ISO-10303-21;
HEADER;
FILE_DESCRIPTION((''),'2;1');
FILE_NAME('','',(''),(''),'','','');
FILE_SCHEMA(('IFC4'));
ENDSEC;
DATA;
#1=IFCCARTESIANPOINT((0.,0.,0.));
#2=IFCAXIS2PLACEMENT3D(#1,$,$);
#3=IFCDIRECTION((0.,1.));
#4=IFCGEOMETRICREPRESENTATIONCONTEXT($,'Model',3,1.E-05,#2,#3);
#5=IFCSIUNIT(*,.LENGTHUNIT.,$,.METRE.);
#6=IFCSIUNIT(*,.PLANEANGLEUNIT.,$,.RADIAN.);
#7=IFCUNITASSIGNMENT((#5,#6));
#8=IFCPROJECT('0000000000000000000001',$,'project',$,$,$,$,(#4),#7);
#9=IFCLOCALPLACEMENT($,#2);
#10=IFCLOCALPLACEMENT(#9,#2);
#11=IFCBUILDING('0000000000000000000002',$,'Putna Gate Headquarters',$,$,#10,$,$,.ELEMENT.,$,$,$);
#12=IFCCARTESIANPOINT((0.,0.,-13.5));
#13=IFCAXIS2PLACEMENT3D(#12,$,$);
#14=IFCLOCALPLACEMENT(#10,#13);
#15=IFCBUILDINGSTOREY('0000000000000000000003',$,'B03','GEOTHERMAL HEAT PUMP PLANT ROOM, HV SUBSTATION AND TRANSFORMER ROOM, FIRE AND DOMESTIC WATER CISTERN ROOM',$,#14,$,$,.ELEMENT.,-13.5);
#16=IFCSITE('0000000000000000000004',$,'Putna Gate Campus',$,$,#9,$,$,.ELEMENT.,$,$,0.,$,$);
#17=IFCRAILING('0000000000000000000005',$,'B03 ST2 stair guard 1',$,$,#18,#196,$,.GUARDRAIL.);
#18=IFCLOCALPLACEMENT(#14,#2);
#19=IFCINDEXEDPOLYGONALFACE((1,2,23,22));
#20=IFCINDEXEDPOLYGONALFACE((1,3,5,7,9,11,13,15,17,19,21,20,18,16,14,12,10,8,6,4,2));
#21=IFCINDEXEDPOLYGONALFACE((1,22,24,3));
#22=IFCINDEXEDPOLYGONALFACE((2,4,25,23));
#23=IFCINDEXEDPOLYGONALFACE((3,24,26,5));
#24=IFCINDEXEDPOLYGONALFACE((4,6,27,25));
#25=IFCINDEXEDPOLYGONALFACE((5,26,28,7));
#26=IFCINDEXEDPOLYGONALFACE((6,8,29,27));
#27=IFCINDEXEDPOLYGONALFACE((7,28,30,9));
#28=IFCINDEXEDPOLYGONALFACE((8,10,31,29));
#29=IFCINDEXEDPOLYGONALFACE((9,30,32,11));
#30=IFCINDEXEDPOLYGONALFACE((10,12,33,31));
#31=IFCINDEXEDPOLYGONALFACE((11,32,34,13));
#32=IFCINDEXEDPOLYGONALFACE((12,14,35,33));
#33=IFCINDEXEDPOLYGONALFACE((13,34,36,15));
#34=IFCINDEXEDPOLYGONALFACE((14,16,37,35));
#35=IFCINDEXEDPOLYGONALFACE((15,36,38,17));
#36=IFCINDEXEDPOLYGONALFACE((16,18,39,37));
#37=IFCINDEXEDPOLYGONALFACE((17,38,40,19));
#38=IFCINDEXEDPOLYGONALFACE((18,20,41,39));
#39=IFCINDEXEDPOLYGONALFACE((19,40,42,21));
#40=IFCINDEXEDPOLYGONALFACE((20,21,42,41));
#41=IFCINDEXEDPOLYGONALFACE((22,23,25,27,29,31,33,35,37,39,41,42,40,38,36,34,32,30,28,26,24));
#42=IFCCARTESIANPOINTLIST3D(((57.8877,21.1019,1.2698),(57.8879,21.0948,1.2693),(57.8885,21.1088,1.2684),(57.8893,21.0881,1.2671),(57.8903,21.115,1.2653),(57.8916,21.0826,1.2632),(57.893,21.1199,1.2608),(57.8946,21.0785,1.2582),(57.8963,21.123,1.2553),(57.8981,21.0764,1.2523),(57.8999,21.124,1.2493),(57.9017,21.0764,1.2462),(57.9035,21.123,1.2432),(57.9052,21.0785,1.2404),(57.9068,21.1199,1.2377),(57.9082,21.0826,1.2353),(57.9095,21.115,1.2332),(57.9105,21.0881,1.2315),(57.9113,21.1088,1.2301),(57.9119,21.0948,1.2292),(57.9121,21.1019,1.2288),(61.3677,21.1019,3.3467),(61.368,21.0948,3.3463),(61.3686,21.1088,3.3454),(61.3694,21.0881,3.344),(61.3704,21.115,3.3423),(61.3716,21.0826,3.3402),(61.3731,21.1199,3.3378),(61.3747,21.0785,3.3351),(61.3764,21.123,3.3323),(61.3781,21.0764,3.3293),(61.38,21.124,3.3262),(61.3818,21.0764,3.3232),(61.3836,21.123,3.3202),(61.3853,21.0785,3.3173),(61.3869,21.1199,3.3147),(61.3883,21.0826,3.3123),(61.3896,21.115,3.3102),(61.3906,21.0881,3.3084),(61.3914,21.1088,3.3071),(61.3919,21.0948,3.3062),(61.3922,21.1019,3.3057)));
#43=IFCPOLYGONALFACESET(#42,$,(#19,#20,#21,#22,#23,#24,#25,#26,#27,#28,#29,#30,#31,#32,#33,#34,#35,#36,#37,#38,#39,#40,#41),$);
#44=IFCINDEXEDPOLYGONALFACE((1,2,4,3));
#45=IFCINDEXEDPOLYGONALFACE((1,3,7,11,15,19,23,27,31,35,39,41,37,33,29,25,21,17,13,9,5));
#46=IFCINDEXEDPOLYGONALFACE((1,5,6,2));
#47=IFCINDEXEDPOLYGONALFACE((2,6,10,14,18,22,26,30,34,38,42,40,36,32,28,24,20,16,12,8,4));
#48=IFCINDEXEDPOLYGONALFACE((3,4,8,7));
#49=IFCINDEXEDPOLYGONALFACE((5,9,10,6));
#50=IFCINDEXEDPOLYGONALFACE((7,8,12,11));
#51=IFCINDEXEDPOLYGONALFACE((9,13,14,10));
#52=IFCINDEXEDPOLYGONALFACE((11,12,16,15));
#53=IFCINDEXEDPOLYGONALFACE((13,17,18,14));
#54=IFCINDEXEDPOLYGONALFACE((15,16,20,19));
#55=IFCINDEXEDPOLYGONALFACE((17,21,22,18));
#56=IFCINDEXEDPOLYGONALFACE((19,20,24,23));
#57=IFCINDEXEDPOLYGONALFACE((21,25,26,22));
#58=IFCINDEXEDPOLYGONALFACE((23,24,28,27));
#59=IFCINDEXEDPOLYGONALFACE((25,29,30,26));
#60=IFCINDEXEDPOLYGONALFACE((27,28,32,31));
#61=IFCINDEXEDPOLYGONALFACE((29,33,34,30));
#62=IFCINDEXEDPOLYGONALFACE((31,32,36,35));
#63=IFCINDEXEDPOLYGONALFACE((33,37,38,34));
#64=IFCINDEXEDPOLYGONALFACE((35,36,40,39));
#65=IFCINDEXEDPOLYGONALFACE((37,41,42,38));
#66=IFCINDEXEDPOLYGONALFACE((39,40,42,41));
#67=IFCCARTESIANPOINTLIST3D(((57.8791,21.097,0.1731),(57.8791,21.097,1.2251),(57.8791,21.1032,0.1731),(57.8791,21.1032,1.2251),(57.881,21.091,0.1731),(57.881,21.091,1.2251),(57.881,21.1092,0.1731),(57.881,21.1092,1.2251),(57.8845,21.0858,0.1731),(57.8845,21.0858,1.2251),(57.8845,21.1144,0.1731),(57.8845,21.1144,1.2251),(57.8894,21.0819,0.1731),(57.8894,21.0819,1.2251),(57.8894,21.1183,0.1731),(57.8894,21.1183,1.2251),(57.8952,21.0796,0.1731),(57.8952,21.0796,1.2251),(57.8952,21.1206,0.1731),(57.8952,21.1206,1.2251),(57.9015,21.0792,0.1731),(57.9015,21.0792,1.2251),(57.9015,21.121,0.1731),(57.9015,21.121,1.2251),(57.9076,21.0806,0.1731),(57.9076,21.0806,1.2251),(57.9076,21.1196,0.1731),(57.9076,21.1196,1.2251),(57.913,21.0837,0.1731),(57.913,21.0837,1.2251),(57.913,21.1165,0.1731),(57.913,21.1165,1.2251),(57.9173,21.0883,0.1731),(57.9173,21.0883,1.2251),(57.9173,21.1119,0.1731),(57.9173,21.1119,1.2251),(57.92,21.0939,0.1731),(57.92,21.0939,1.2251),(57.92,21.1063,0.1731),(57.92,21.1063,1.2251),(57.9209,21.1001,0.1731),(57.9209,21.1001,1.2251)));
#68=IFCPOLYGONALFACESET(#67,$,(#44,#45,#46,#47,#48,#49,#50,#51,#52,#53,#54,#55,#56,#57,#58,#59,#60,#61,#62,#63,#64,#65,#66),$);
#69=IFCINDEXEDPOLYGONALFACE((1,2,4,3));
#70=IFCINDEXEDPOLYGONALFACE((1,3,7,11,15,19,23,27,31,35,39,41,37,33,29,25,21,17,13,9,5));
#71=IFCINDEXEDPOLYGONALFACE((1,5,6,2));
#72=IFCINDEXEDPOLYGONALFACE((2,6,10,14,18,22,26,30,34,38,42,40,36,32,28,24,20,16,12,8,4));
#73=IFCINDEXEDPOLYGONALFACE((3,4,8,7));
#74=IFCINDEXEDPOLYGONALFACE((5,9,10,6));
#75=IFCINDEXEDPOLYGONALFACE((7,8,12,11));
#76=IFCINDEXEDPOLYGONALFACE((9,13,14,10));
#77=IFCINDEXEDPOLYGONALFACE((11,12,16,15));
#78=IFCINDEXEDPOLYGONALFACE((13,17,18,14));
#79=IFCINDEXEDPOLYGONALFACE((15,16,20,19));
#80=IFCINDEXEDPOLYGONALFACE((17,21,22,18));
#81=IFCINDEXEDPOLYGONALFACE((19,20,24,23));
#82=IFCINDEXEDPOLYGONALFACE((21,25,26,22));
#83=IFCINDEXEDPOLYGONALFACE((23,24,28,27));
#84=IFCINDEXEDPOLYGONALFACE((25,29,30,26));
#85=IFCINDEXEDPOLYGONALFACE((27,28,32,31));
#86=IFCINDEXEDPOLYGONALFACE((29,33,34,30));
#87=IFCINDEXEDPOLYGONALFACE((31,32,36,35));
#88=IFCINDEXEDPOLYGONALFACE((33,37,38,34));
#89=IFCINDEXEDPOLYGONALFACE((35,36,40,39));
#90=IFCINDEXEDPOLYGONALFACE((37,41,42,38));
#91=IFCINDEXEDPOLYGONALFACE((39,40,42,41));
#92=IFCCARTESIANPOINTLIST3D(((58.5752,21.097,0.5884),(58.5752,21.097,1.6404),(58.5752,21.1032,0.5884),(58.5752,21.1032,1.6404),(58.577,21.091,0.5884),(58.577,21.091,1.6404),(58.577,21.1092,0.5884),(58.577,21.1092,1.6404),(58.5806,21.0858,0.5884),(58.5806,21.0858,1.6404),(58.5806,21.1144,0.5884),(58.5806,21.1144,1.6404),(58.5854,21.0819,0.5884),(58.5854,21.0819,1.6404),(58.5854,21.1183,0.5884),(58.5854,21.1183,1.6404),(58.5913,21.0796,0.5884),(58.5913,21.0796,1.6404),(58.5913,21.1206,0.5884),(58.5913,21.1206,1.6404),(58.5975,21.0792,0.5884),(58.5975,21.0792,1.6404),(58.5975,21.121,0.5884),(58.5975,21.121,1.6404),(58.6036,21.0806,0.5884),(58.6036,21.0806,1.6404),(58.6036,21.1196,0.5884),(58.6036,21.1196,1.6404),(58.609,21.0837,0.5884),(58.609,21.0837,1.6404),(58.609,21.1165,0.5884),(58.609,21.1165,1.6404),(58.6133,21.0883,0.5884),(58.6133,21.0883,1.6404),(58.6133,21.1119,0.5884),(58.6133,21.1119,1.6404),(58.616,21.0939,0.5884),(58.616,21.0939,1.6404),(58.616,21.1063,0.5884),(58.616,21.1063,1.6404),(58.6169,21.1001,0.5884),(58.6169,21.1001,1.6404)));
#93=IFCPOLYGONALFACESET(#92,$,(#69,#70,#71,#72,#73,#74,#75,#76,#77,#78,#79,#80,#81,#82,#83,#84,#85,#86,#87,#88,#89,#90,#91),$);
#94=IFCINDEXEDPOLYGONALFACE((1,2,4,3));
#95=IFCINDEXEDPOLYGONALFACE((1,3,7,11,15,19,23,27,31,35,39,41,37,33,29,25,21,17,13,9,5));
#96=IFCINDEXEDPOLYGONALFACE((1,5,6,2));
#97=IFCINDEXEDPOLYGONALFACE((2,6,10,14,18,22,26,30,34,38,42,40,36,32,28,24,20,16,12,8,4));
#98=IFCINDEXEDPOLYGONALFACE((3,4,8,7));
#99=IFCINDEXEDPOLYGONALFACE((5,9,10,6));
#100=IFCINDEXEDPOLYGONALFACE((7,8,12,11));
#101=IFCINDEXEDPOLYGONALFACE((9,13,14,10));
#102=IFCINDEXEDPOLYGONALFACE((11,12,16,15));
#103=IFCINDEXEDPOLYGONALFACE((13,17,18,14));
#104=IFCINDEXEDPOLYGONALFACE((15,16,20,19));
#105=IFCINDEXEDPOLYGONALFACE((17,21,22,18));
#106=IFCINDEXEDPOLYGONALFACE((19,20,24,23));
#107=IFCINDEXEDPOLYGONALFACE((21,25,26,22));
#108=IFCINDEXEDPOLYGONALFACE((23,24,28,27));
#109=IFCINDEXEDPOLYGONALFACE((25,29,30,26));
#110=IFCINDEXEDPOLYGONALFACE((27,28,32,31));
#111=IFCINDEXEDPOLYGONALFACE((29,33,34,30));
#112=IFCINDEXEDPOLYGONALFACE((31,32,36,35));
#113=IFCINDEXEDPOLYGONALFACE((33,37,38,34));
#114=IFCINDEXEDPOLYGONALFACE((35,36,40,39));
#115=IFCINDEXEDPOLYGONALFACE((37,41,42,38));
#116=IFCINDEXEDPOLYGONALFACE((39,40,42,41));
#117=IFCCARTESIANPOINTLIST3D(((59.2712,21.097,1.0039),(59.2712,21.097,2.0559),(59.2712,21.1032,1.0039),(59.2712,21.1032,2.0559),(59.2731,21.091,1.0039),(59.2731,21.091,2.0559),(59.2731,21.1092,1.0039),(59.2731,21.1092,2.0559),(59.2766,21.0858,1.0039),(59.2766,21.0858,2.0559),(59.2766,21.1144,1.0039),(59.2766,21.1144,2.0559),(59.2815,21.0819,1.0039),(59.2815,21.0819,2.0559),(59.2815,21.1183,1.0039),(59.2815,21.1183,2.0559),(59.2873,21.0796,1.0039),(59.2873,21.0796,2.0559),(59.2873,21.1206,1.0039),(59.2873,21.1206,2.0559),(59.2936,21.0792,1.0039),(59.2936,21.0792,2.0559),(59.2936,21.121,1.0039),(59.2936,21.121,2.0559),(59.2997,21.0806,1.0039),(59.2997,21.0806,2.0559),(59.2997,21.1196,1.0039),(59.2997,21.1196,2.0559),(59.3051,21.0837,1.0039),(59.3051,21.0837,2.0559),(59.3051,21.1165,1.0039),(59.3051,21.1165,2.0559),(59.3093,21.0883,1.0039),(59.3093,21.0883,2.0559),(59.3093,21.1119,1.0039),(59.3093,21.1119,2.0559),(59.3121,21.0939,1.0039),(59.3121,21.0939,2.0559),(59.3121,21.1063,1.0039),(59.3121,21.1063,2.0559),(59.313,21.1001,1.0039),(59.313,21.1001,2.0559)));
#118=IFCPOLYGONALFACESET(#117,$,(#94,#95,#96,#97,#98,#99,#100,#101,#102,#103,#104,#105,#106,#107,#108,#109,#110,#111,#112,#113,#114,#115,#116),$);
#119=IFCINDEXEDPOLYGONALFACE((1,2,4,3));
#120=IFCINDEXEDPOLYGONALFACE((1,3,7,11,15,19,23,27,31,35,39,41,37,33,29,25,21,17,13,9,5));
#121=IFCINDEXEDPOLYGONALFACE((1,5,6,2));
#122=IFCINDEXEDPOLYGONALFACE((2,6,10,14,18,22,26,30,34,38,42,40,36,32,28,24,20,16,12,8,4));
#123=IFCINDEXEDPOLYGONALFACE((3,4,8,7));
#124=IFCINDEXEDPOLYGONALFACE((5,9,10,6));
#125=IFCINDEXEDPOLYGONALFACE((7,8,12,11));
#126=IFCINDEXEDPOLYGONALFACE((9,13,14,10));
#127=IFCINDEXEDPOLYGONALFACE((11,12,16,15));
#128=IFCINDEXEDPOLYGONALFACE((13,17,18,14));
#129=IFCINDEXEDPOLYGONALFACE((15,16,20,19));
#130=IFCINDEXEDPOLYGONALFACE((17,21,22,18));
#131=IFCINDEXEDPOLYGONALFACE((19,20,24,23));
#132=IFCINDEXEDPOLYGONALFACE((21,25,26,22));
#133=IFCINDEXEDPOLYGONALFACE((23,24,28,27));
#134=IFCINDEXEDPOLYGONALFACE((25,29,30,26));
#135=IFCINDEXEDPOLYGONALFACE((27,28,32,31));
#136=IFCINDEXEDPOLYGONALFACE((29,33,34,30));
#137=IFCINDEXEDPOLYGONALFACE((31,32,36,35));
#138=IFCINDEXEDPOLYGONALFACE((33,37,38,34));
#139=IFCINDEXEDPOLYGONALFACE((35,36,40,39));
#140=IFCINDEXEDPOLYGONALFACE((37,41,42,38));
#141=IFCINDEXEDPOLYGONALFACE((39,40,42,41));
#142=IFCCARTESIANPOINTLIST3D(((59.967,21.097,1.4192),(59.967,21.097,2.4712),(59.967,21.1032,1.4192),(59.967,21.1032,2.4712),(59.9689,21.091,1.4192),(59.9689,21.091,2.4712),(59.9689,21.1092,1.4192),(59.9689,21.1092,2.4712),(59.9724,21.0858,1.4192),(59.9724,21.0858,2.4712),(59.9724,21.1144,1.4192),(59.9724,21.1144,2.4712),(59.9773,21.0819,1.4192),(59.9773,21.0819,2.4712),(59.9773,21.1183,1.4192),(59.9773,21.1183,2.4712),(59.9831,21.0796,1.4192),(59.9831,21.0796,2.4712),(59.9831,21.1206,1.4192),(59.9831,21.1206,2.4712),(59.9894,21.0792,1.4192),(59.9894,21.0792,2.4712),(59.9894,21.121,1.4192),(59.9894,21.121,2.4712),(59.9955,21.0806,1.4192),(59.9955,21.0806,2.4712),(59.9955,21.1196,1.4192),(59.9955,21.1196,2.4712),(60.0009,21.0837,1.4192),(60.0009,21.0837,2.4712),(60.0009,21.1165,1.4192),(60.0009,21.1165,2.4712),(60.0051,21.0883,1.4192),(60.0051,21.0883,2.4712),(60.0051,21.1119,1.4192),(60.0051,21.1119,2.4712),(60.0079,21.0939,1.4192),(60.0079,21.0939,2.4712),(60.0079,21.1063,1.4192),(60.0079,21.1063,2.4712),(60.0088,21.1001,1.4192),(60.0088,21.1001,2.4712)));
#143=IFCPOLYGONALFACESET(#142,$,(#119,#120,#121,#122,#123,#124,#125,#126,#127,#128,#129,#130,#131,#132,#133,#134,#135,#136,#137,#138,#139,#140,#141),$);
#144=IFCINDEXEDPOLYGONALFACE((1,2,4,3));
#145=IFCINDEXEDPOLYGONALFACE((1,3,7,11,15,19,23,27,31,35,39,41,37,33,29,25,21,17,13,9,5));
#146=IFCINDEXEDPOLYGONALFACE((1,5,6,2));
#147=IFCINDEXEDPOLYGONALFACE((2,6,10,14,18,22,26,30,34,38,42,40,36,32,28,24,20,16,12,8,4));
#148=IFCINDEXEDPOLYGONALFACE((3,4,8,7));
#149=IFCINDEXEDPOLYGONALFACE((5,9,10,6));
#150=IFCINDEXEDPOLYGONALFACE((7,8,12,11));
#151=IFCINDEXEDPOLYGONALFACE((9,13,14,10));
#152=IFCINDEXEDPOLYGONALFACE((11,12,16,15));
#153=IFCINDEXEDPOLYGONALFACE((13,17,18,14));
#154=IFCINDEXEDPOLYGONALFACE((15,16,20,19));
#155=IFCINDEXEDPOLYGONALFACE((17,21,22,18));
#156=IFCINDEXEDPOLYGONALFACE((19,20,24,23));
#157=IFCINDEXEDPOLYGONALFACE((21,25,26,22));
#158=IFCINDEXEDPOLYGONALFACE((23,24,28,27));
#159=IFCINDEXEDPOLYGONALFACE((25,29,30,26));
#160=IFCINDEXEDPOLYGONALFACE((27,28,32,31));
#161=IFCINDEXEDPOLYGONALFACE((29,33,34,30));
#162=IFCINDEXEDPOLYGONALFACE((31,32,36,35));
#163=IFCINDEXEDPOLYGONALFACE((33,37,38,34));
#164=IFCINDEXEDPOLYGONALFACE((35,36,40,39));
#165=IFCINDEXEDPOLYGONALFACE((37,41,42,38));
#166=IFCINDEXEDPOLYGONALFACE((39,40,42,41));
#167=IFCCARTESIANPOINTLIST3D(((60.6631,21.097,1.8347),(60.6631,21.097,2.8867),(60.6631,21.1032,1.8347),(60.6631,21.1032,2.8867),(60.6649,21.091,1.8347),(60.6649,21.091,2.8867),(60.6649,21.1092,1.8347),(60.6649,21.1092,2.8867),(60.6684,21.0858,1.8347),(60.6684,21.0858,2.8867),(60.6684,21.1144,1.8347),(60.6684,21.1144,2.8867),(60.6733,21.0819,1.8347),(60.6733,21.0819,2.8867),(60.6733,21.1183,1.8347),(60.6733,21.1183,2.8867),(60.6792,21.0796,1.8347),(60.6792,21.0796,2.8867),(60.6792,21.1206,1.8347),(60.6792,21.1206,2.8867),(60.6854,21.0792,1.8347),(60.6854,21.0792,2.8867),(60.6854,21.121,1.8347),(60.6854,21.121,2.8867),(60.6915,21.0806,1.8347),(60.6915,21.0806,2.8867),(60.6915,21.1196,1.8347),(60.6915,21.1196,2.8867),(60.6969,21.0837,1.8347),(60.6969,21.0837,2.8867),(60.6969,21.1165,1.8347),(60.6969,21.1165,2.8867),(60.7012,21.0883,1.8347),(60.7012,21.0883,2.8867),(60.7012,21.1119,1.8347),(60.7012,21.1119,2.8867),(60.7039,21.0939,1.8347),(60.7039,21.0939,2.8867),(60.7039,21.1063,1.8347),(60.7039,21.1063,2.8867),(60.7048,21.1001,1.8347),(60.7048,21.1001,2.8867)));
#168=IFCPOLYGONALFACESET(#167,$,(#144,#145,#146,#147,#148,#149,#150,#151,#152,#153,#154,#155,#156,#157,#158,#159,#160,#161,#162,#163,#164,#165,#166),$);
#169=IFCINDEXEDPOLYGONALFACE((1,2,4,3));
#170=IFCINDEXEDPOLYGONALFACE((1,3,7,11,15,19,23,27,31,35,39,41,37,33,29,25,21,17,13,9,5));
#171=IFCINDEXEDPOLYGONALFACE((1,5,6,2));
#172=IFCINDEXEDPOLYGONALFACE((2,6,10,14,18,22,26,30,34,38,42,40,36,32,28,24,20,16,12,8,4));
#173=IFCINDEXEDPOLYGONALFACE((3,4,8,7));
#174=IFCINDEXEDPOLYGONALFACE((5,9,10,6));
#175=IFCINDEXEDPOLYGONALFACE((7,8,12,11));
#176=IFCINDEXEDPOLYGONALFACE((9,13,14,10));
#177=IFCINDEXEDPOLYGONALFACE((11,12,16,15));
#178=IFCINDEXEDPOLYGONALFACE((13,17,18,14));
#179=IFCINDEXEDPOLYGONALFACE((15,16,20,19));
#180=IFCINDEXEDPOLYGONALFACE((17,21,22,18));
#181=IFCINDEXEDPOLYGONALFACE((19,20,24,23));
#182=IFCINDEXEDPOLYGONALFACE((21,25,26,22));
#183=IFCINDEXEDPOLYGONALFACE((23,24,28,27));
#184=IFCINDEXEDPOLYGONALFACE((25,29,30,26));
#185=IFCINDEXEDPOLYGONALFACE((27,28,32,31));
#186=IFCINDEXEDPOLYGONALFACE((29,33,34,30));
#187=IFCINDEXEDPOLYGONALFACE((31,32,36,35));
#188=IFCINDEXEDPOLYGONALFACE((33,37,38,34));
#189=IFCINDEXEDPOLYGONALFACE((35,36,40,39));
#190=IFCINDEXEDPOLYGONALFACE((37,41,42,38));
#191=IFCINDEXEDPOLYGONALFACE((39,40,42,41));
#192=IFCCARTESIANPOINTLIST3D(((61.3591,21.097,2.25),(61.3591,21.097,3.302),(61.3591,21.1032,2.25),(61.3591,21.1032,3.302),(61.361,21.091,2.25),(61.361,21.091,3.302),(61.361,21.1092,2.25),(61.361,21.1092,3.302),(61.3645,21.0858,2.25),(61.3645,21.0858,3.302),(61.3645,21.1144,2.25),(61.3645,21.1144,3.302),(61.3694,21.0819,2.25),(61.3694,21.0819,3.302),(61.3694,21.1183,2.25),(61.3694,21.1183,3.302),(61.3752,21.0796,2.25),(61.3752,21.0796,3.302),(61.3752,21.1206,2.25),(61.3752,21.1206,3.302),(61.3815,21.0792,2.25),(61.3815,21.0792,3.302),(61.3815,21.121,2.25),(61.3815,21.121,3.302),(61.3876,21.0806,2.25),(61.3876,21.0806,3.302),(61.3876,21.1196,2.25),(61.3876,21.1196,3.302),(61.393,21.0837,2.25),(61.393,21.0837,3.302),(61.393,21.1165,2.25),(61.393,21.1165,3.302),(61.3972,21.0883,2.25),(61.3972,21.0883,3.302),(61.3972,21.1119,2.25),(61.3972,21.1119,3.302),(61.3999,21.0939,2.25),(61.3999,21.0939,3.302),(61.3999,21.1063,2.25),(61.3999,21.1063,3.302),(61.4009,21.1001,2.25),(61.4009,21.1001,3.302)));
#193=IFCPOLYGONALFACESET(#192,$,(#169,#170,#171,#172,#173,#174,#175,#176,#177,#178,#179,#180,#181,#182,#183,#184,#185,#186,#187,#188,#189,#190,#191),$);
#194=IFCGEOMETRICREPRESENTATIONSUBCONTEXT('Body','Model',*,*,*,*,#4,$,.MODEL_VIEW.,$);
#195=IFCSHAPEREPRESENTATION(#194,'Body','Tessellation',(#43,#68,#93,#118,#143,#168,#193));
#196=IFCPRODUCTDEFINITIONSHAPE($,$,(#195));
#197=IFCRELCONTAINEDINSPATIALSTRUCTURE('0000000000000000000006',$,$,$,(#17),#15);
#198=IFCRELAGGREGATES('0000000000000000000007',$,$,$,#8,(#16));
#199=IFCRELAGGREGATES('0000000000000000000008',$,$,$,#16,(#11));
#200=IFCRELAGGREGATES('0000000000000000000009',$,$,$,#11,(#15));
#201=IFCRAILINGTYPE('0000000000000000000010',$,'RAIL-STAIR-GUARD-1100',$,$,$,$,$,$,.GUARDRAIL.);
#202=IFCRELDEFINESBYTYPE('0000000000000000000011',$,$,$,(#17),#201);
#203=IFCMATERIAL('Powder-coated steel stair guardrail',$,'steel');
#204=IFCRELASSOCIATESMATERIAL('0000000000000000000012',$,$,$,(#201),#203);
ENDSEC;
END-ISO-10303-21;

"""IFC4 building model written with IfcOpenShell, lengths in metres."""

from ifc_helpers import new_model, si_unit, direction, frame, origin, origin_2d, place, context, subcontext, project, spatial, circle, extrude, material, type_object, element, save


model = new_model("IFC4")

# Units and contexts
model_context = context("Model", 3, precision=1e-05, world=origin(), true_north=direction((0.0, 1.0)))
body_context = subcontext(model_context, "Body", "Model", "MODEL_VIEW")
ifc_project = project(units=[si_unit("LENGTHUNIT", "METRE"), si_unit("PLANEANGLEUNIT", "RADIAN")], contexts=[model_context])

# Site, building, storey
site_placement = place(None, origin())
site = spatial("IfcSite", under=ifc_project, at=site_placement, Name="Putna Gate Campus", CompositionType="ELEMENT", RefElevation=0.0)
building_placement = place(site_placement, origin())
building = spatial("IfcBuilding", under=site, at=building_placement, Name="Putna Gate Headquarters", CompositionType="ELEMENT")
storey_placement = place(building_placement, frame((0.0, 0.0, -13.5)))
storey = spatial("IfcBuildingStorey", under=building, at=storey_placement, Name="B03", Description="GEOTHERMAL HEAT PUMP PLANT ROOM, HV SUBSTATION AND TRANSFORMER ROOM, FIRE AND DOMESTIC WATER CISTERN ROOM", CompositionType="ELEMENT", Elevation=-13.5)

# Railing
ifc_material_1 = material(Name="Powder-coated steel stair guardrail", Category="steel")
railing_type_1 = type_object("IfcRailingType", Name="RAIL-STAIR-GUARD-1100", PredefinedType="GUARDRAIL", material=ifc_material_1)
railing_1_placement = place(storey_placement, frame((57.8999, 21.1001, 0.1731)))
element("IfcRailing", 1, at=railing_1_placement, inside=storey, type_object=railing_type_1, Name="B03 ST2 stair guard 1", PredefinedType="GUARDRAIL", context=body_context, shape_type="SweptSolid", body=[
    extrude(circle(Radius=0.0239, at=origin_2d()), frame((0.0, 0.0, 1.0762), z_axis=(0.858697, 0.0, 0.512483), x_axis=(0.0, 1.0, 0.0)), (0.0, 0.0, 1.0), 4.0527),
    extrude(circle(Radius=0.021, at=origin_2d()), origin(), (0.0, 0.0, 1.0), 1.052),
    extrude(circle(Radius=0.021, at=origin_2d()), frame((0.696, 0.0, 0.4153)), (0.0, 0.0, 1.0), 1.052),
    extrude(circle(Radius=0.021, at=origin_2d()), frame((1.3921, 0.0, 0.8308)), (0.0, 0.0, 1.0), 1.052),
    extrude(circle(Radius=0.021, at=origin_2d()), frame((2.0879, 0.0, 1.2461)), (0.0, 0.0, 1.0), 1.052),
    extrude(circle(Radius=0.021, at=origin_2d()), frame((2.7839, 0.0, 1.6616)), (0.0, 0.0, 1.0), 1.052),
    extrude(circle(Radius=0.021, at=origin_2d()), frame((3.48, 0.0, 2.0769)), (0.0, 0.0, 1.0), 1.052),
])

save(model, "model.ifc")
